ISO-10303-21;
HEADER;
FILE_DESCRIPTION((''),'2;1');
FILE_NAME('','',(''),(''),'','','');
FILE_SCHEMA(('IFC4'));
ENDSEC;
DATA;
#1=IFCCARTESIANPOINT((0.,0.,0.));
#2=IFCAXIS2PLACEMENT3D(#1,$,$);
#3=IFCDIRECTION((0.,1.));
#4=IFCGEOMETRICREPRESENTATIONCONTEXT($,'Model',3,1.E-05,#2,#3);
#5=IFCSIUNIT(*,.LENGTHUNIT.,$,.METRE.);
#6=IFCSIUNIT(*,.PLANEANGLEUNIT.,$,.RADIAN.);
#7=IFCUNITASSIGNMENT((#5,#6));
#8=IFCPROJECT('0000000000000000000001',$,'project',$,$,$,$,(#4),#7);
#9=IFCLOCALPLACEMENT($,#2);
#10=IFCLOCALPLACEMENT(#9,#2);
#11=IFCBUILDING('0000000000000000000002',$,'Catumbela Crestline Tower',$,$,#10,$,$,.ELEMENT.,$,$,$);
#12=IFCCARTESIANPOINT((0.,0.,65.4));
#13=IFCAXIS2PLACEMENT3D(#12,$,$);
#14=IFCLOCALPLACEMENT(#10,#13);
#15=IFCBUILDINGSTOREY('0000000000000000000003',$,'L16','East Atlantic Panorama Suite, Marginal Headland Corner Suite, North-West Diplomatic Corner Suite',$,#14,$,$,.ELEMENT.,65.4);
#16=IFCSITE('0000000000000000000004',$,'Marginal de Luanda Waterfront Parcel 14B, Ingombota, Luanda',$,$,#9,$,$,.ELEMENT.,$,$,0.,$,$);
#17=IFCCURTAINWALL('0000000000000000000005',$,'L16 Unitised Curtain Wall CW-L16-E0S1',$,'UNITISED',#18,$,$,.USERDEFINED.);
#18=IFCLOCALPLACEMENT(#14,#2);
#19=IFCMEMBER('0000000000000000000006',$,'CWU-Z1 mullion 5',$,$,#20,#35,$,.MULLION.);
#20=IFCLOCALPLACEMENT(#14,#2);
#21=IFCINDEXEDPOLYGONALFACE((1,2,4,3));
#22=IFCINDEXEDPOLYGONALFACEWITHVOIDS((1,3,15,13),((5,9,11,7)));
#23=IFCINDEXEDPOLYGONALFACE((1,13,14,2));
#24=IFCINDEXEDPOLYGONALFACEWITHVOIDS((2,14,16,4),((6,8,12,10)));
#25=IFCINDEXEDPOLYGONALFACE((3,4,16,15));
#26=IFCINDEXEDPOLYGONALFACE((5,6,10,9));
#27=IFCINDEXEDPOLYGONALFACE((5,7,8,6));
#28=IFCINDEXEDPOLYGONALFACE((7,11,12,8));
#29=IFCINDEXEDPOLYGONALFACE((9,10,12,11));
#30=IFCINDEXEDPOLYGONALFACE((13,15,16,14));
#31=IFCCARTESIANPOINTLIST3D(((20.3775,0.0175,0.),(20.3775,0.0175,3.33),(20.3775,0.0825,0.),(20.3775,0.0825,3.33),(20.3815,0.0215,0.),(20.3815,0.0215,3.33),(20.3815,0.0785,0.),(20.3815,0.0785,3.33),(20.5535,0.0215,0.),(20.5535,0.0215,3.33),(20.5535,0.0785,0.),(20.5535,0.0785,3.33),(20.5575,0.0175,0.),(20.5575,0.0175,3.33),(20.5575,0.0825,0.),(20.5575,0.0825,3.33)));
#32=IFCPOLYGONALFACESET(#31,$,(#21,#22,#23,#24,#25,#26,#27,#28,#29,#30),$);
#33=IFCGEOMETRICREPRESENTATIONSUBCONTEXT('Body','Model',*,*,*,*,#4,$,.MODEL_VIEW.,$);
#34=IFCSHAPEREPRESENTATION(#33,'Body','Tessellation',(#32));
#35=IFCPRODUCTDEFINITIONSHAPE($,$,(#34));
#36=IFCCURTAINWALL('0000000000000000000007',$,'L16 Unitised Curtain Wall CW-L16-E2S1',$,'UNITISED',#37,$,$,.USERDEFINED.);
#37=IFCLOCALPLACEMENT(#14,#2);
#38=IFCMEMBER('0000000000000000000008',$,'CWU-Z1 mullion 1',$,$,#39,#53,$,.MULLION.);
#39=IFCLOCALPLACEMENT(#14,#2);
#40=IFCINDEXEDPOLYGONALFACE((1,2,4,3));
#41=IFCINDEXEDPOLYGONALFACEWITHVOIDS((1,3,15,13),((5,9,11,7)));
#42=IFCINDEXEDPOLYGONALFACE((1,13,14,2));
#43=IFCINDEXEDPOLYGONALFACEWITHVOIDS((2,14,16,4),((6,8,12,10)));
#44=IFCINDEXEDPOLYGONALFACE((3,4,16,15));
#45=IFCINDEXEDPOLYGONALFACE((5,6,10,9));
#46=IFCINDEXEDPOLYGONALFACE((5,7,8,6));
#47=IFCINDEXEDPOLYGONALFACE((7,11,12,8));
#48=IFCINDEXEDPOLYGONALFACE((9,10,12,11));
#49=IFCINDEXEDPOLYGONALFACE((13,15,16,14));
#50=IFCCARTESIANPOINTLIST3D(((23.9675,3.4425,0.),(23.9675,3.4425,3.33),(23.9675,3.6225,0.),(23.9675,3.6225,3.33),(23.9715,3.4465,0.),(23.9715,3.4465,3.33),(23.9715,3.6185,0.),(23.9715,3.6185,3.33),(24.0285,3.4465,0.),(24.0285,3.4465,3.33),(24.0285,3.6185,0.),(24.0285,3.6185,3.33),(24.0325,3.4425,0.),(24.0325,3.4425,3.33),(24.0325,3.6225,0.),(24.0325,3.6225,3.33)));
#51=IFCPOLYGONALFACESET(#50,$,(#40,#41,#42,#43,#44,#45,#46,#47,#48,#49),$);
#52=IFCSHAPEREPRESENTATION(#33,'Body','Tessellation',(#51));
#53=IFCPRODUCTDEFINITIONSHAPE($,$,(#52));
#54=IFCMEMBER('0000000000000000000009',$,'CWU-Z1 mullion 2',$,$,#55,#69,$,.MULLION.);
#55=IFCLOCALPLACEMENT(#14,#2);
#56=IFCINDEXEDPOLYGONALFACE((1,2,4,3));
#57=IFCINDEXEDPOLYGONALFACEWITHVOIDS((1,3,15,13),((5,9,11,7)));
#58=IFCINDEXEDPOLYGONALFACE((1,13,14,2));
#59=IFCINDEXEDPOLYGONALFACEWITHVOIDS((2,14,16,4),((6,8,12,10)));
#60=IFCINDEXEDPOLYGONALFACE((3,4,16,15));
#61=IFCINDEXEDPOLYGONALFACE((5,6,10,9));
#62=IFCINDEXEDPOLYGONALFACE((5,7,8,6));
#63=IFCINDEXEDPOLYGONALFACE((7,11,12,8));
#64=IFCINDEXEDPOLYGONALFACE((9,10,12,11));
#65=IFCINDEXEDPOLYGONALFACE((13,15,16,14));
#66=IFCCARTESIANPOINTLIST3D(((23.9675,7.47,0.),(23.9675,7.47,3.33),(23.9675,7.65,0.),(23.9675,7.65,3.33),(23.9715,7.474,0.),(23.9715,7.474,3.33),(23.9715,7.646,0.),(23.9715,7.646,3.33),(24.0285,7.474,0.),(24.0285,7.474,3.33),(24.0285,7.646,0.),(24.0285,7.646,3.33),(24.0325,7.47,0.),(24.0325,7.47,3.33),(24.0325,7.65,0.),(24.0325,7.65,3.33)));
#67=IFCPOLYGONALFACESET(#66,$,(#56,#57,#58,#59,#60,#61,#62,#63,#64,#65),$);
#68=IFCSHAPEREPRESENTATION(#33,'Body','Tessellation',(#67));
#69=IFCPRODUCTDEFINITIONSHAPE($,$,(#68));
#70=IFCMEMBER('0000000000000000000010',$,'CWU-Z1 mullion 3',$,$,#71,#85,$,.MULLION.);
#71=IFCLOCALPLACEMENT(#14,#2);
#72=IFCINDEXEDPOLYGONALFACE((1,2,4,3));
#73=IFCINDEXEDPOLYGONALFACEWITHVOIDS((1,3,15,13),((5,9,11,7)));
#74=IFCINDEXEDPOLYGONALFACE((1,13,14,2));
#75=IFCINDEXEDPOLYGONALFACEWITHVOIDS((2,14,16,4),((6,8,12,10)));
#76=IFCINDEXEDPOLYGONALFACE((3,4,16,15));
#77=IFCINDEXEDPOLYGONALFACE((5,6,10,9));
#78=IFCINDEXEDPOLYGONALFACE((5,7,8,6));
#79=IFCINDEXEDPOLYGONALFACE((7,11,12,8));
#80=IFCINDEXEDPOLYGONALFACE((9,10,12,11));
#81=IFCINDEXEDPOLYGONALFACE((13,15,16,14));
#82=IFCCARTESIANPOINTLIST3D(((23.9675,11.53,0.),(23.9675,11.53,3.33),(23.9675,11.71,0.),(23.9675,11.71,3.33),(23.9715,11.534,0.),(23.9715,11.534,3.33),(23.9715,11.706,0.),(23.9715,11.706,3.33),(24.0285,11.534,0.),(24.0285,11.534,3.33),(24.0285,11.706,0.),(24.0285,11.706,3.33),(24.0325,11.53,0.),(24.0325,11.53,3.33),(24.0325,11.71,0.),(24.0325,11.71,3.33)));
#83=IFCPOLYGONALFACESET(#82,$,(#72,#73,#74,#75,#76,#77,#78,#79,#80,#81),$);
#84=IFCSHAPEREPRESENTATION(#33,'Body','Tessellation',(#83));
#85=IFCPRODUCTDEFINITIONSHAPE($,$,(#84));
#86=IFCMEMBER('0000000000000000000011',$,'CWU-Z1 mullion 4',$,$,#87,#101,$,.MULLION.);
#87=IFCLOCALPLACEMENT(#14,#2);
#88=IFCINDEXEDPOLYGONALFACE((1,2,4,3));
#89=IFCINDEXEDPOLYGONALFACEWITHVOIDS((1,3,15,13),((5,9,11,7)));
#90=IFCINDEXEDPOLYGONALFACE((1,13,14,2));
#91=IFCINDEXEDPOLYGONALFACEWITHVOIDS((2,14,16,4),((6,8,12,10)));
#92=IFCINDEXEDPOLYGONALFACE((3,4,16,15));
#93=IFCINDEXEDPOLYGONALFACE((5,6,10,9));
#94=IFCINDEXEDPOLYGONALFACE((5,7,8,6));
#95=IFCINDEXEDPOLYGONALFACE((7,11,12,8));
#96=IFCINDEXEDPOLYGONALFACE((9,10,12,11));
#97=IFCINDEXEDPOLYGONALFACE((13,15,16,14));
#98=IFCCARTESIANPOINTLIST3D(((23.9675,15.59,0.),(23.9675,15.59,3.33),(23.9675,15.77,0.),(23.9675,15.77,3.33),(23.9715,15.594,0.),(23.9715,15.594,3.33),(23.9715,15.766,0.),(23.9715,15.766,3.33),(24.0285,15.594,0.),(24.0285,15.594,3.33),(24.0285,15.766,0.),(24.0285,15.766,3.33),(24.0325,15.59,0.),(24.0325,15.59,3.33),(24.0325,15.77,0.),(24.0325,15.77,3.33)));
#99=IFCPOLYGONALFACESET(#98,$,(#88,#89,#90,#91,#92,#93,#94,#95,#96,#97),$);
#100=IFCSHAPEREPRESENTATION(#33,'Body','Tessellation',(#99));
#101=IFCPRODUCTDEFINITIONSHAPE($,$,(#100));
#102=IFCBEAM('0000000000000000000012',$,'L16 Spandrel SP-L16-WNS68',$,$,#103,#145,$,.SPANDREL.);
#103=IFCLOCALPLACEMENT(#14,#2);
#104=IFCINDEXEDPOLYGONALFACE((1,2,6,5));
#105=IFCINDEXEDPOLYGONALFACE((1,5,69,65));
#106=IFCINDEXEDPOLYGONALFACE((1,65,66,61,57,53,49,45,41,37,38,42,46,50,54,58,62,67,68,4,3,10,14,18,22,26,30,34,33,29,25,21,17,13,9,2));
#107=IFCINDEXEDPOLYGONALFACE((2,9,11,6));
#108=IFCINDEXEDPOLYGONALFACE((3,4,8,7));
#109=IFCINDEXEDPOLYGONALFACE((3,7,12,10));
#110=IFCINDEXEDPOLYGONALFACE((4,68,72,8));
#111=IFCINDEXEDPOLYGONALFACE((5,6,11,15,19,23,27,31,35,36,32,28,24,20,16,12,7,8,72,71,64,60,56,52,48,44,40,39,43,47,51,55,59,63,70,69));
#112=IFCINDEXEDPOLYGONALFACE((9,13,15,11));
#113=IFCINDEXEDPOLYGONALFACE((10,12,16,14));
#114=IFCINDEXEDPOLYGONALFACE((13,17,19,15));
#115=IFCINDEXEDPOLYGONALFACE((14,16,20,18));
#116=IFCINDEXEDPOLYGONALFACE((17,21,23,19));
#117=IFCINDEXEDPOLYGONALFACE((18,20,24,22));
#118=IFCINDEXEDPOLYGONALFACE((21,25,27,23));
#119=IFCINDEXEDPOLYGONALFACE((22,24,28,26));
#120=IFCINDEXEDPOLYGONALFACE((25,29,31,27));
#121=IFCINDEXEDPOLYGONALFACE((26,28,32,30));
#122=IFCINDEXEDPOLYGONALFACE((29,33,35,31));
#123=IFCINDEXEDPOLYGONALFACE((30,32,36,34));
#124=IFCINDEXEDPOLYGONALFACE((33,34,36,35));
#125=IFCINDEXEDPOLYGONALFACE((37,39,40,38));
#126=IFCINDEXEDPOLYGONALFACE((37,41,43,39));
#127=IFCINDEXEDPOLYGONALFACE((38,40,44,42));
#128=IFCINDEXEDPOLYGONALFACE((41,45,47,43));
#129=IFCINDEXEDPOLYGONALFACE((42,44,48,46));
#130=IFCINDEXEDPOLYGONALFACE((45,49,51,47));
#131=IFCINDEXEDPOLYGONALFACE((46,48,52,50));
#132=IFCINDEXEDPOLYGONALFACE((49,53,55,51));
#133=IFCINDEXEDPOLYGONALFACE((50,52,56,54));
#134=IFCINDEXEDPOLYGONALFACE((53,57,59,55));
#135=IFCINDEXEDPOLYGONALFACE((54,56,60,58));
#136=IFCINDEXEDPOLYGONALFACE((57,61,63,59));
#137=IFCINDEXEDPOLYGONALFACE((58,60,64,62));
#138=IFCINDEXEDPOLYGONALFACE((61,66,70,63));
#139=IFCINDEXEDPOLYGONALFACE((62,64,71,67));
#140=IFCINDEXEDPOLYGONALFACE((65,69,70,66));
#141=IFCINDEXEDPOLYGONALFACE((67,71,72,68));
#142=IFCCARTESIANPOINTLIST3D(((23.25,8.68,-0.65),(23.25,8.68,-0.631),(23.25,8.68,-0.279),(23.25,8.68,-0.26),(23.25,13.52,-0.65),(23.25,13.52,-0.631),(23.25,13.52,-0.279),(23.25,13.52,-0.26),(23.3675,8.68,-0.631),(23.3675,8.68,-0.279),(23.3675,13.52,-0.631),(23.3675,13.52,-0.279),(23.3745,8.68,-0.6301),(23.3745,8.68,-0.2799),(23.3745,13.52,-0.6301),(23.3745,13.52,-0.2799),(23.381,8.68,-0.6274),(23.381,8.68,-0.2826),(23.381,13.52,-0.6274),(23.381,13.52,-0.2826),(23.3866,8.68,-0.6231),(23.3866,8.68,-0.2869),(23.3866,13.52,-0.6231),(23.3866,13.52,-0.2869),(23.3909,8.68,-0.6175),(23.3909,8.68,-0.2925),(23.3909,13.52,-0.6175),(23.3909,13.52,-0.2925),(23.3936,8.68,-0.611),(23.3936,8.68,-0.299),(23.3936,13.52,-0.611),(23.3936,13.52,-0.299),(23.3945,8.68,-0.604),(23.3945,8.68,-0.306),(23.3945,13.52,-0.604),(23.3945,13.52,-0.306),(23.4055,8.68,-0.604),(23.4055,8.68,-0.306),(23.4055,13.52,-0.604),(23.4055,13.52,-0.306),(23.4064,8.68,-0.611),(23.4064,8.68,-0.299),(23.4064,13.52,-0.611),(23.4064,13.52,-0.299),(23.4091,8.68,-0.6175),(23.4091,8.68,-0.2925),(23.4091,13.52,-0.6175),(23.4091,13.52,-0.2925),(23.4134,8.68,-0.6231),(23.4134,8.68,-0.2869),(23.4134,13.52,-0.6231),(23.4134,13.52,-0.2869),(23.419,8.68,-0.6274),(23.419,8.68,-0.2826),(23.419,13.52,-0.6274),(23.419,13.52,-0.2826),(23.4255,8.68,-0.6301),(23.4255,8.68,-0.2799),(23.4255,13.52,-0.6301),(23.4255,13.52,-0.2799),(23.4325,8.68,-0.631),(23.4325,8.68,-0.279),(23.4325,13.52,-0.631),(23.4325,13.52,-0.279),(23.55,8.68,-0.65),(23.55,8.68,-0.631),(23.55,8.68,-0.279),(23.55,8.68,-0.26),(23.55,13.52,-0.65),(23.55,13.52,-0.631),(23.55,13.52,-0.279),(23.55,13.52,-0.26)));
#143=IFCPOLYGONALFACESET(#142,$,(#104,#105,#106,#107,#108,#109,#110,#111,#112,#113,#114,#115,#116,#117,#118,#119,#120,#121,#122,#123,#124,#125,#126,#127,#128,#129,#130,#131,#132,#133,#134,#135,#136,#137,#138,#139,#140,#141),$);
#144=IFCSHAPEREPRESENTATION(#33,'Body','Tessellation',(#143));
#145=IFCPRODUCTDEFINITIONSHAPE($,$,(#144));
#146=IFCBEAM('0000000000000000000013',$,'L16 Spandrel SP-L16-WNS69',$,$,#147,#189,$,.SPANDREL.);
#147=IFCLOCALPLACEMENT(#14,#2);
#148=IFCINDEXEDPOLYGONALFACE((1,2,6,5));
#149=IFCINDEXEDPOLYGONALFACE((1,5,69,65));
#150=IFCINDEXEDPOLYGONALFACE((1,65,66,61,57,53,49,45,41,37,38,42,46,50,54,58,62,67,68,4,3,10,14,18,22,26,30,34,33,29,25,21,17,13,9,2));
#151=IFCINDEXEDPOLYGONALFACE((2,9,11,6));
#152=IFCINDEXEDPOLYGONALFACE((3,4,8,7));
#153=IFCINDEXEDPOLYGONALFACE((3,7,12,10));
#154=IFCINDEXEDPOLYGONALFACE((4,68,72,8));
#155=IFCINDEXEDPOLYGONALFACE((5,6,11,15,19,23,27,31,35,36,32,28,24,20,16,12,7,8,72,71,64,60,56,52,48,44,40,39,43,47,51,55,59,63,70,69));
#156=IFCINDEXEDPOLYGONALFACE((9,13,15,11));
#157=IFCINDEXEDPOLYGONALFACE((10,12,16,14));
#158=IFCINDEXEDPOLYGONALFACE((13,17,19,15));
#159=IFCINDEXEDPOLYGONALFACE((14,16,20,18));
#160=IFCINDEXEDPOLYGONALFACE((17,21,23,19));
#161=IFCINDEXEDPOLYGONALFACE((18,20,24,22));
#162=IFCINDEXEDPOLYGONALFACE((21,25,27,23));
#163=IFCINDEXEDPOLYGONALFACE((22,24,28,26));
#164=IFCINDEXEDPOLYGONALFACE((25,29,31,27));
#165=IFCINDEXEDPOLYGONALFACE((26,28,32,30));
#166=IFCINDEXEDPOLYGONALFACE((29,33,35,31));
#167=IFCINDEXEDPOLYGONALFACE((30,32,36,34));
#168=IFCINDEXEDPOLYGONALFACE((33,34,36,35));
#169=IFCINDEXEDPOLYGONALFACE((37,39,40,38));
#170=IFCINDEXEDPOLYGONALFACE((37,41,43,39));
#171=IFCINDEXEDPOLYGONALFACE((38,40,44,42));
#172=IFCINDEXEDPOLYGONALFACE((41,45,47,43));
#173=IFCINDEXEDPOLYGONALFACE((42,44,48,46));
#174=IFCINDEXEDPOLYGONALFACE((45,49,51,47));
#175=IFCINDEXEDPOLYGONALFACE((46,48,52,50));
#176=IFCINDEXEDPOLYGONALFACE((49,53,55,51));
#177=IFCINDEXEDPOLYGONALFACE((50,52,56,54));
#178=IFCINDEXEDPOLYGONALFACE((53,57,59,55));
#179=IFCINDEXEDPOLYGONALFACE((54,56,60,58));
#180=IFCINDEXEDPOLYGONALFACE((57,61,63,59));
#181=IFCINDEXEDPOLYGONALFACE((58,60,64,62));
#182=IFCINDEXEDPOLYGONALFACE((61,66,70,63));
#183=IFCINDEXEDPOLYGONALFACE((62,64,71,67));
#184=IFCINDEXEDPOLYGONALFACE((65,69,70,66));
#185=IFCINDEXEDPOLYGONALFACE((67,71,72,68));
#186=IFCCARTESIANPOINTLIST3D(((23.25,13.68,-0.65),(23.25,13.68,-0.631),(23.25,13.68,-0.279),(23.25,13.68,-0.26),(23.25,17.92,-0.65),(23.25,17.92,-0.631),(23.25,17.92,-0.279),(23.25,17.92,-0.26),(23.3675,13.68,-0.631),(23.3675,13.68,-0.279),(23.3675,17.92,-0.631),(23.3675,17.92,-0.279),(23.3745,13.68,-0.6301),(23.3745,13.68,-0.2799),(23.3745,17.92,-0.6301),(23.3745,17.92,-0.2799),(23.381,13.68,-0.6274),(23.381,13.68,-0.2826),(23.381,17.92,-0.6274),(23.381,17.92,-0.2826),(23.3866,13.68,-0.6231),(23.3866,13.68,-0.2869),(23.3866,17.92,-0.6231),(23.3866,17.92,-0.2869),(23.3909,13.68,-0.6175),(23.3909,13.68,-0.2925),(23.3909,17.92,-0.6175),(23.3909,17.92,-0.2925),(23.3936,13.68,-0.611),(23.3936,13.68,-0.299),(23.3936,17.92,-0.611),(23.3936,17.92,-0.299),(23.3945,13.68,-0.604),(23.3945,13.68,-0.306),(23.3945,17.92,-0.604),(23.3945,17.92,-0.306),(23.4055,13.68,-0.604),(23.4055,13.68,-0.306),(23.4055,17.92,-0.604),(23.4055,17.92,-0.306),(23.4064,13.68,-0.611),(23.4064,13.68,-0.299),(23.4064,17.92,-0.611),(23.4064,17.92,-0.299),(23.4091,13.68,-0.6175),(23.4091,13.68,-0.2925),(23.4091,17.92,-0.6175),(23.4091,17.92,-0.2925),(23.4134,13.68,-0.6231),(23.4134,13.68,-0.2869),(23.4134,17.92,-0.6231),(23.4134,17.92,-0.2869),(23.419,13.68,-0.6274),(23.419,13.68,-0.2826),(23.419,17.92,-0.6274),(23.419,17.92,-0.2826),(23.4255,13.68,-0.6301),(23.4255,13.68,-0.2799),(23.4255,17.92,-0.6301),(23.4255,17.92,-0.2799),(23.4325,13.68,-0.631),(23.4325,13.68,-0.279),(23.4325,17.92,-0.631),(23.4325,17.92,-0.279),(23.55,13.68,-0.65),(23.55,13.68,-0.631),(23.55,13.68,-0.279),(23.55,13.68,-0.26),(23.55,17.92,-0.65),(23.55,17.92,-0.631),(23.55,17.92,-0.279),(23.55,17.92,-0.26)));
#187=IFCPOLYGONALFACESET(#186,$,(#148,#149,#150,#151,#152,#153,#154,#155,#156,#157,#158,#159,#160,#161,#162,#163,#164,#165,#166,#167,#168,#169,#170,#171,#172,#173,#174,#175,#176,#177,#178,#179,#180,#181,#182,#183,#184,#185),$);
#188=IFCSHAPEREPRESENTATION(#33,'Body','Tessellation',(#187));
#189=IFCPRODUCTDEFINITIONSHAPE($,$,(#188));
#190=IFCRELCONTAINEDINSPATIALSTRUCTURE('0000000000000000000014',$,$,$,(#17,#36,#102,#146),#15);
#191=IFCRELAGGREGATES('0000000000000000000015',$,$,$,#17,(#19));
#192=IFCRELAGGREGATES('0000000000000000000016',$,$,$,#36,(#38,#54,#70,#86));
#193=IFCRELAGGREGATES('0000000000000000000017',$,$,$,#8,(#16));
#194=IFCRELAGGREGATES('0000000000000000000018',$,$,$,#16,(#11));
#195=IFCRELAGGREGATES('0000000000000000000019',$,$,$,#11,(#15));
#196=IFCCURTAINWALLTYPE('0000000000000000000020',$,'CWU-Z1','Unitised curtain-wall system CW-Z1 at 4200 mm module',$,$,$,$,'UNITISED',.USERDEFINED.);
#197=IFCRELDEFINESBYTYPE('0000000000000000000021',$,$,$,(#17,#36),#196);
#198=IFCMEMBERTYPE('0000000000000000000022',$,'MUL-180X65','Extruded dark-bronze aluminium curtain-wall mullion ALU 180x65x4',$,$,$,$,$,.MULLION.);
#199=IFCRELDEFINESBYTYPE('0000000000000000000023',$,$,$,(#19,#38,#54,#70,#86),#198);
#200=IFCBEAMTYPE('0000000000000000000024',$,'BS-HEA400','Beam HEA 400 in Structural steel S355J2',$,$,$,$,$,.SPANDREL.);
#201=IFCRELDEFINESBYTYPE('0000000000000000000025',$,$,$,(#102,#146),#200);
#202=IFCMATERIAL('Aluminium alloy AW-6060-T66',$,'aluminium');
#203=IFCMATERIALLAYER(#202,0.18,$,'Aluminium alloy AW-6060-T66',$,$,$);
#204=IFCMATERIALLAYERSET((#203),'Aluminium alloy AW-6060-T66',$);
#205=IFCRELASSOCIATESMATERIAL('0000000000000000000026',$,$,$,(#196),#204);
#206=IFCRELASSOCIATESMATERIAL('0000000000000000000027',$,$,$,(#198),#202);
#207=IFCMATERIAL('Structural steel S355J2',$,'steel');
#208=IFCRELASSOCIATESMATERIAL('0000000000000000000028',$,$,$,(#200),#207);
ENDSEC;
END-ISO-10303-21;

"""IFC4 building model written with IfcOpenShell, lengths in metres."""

from ifc_helpers import new_model, si_unit, direction, frame, origin, origin_2d, place, context, subcontext, project, spatial, hollow_rectangle, i_section, extrude, material, layer, layer_set, material_profile, profile_set, type_object, element, aggregate, save


model = new_model("IFC4")

# Units and contexts
model_context = context("Model", 3, precision=1e-05, world=origin(), true_north=direction((0.0, 1.0)))
body_context = subcontext(model_context, "Body", "Model", "MODEL_VIEW")
ifc_project = project(units=[si_unit("LENGTHUNIT", "METRE"), si_unit("PLANEANGLEUNIT", "RADIAN")], contexts=[model_context])

# Site, building, storey
site_placement = place(None, origin())
site = spatial("IfcSite", under=ifc_project, at=site_placement, Name="Marginal de Luanda Waterfront Parcel 14B, Ingombota, Luanda", CompositionType="ELEMENT", RefElevation=0.0)
building_placement = place(site_placement, origin())
building = spatial("IfcBuilding", under=site, at=building_placement, Name="Catumbela Crestline Tower", CompositionType="ELEMENT")
storey_placement = place(building_placement, frame((0.0, 0.0, 65.4)))
storey = spatial("IfcBuildingStorey", under=building, at=storey_placement, Name="L16", Description="East Atlantic Panorama Suite, Marginal Headland Corner Suite, North-West Diplomatic Corner Suite", CompositionType="ELEMENT", Elevation=65.4)

# Shared definitions
ifc_material_1 = material(Name="Structural steel S355J2", Category="steel")

# Curtain wall, member
ifc_material_2 = material(Name="Aluminium alloy AW-6060-T66", Category="aluminium")
ifc_layer_1 = layer(ifc_material_2, 0.18, Name="Aluminium alloy AW-6060-T66")
ifc_layer_set_1 = layer_set([ifc_layer_1], Name="Aluminium alloy AW-6060-T66")
curtain_wall_type = type_object("IfcCurtainWallType", Name="CWU-Z1", Description="Unitised curtain-wall system CW-Z1 at 4200 mm module", ElementType="UNITISED", PredefinedType="USERDEFINED", material=ifc_layer_set_1)
curtain_wall_1_placement = place(storey_placement, origin())
curtain_wall_1 = element("IfcCurtainWall", 1, at=curtain_wall_1_placement, inside=storey, type_object=curtain_wall_type, Name="L16 Unitised Curtain Wall CW-L16-E0S1", ObjectType="UNITISED", PredefinedType="USERDEFINED")
ifc_material_profile_1 = material_profile(ifc_material_2, hollow_rectangle(XDim=0.065, YDim=0.18, WallThickness=0.004, at=origin_2d()), Name="ALU 180x65x4")
ifc_profile_set_1 = profile_set([ifc_material_profile_1], Name="Aluminium alloy AW-6060-T66")
member_type_1 = type_object("IfcMemberType", Name="MUL-180X65", Description="Extruded dark-bronze aluminium curtain-wall mullion ALU 180x65x4", PredefinedType="MULLION", material=ifc_profile_set_1)
member_1_placement = place(storey_placement, frame((20.4675, 0.05, 0.0), z_axis=(0.0, 0.0, 1.0), x_axis=(0.0, 1.0, 0.0)))
member_1 = element("IfcMember", 2, at=member_1_placement, type_object=member_type_1, Name="CWU-Z1 mullion 5", PredefinedType="MULLION", context=body_context, shape_type="SweptSolid", body=[
    extrude(hollow_rectangle(XDim=0.065, YDim=0.18, WallThickness=0.004, at=origin_2d()), origin(), (0.0, 0.0, 1.0), 3.33),
])
aggregate(curtain_wall_1, [member_1])

# Curtain wall, members
curtain_wall_2_placement = place(storey_placement, origin())
curtain_wall_2 = element("IfcCurtainWall", 3, at=curtain_wall_2_placement, inside=storey, type_object=curtain_wall_type, Name="L16 Unitised Curtain Wall CW-L16-E2S1", ObjectType="UNITISED", PredefinedType="USERDEFINED")
member_2_placement = place(storey_placement, frame((24.0, 3.5325, 0.0), z_axis=(0.0, 0.0, 1.0), x_axis=(-1.0, 0.0, 0.0)))
member_2 = element("IfcMember", 4, at=member_2_placement, type_object=member_type_1, Name="CWU-Z1 mullion 1", PredefinedType="MULLION", context=body_context, shape_type="SweptSolid", body=[
    extrude(hollow_rectangle(XDim=0.065, YDim=0.18, WallThickness=0.004, at=origin_2d()), origin(), (0.0, 0.0, 1.0), 3.33),
])
member_3_placement = place(storey_placement, frame((24.0, 7.56, 0.0), z_axis=(0.0, 0.0, 1.0), x_axis=(-1.0, 0.0, 0.0)))
member_3 = element("IfcMember", 5, at=member_3_placement, type_object=member_type_1, Name="CWU-Z1 mullion 2", PredefinedType="MULLION", context=body_context, shape_type="SweptSolid", body=[
    extrude(hollow_rectangle(XDim=0.065, YDim=0.18, WallThickness=0.004, at=origin_2d()), origin(), (0.0, 0.0, 1.0), 3.33),
])
member_4_placement = place(storey_placement, frame((24.0, 11.62, 0.0), z_axis=(0.0, 0.0, 1.0), x_axis=(-1.0, 0.0, 0.0)))
member_4 = element("IfcMember", 6, at=member_4_placement, type_object=member_type_1, Name="CWU-Z1 mullion 3", PredefinedType="MULLION", context=body_context, shape_type="SweptSolid", body=[
    extrude(hollow_rectangle(XDim=0.065, YDim=0.18, WallThickness=0.004, at=origin_2d()), origin(), (0.0, 0.0, 1.0), 3.33),
])
member_5_placement = place(storey_placement, frame((24.0, 15.68, 0.0), z_axis=(0.0, 0.0, 1.0), x_axis=(-1.0, 0.0, 0.0)))
member_5 = element("IfcMember", 7, at=member_5_placement, type_object=member_type_1, Name="CWU-Z1 mullion 4", PredefinedType="MULLION", context=body_context, shape_type="SweptSolid", body=[
    extrude(hollow_rectangle(XDim=0.065, YDim=0.18, WallThickness=0.004, at=origin_2d()), origin(), (0.0, 0.0, 1.0), 3.33),
])

# Beams
ifc_material_profile_2 = material_profile(ifc_material_1, i_section(OverallWidth=0.3, OverallDepth=0.39, WebThickness=0.011, FlangeThickness=0.019, FilletRadius=0.027, at=origin_2d()), Name="HEA 400")
ifc_profile_set_2 = profile_set([ifc_material_profile_2], Name="Structural steel S355J2")
beam_type_1 = type_object("IfcBeamType", Name="BS-HEA400", Description="Beam HEA 400 in Structural steel S355J2", PredefinedType="SPANDREL", material=ifc_profile_set_2)
beam_1_placement = place(storey_placement, frame((23.4, 8.68, -0.455), z_axis=(0.0, 1.0, 0.0), x_axis=(-1.0, 0.0, 0.0)))
element("IfcBeam", 8, at=beam_1_placement, inside=storey, type_object=beam_type_1, Name="L16 Spandrel SP-L16-WNS68", PredefinedType="SPANDREL", context=body_context, shape_type="SweptSolid", body=[
    extrude(i_section(OverallWidth=0.3, OverallDepth=0.39, WebThickness=0.011, FlangeThickness=0.019, FilletRadius=0.027, at=origin_2d()), origin(), (0.0, 0.0, 1.0), 4.84),
])
beam_2_placement = place(storey_placement, frame((23.4, 13.68, -0.455), z_axis=(0.0, 1.0, 0.0), x_axis=(-1.0, 0.0, 0.0)))
element("IfcBeam", 9, at=beam_2_placement, inside=storey, type_object=beam_type_1, Name="L16 Spandrel SP-L16-WNS69", PredefinedType="SPANDREL", context=body_context, shape_type="SweptSolid", body=[
    extrude(i_section(OverallWidth=0.3, OverallDepth=0.39, WebThickness=0.011, FlangeThickness=0.019, FilletRadius=0.027, at=origin_2d()), origin(), (0.0, 0.0, 1.0), 4.24),
])

aggregate(curtain_wall_2, [member_2, member_3, member_4, member_5])

save(model, "model.ifc")
